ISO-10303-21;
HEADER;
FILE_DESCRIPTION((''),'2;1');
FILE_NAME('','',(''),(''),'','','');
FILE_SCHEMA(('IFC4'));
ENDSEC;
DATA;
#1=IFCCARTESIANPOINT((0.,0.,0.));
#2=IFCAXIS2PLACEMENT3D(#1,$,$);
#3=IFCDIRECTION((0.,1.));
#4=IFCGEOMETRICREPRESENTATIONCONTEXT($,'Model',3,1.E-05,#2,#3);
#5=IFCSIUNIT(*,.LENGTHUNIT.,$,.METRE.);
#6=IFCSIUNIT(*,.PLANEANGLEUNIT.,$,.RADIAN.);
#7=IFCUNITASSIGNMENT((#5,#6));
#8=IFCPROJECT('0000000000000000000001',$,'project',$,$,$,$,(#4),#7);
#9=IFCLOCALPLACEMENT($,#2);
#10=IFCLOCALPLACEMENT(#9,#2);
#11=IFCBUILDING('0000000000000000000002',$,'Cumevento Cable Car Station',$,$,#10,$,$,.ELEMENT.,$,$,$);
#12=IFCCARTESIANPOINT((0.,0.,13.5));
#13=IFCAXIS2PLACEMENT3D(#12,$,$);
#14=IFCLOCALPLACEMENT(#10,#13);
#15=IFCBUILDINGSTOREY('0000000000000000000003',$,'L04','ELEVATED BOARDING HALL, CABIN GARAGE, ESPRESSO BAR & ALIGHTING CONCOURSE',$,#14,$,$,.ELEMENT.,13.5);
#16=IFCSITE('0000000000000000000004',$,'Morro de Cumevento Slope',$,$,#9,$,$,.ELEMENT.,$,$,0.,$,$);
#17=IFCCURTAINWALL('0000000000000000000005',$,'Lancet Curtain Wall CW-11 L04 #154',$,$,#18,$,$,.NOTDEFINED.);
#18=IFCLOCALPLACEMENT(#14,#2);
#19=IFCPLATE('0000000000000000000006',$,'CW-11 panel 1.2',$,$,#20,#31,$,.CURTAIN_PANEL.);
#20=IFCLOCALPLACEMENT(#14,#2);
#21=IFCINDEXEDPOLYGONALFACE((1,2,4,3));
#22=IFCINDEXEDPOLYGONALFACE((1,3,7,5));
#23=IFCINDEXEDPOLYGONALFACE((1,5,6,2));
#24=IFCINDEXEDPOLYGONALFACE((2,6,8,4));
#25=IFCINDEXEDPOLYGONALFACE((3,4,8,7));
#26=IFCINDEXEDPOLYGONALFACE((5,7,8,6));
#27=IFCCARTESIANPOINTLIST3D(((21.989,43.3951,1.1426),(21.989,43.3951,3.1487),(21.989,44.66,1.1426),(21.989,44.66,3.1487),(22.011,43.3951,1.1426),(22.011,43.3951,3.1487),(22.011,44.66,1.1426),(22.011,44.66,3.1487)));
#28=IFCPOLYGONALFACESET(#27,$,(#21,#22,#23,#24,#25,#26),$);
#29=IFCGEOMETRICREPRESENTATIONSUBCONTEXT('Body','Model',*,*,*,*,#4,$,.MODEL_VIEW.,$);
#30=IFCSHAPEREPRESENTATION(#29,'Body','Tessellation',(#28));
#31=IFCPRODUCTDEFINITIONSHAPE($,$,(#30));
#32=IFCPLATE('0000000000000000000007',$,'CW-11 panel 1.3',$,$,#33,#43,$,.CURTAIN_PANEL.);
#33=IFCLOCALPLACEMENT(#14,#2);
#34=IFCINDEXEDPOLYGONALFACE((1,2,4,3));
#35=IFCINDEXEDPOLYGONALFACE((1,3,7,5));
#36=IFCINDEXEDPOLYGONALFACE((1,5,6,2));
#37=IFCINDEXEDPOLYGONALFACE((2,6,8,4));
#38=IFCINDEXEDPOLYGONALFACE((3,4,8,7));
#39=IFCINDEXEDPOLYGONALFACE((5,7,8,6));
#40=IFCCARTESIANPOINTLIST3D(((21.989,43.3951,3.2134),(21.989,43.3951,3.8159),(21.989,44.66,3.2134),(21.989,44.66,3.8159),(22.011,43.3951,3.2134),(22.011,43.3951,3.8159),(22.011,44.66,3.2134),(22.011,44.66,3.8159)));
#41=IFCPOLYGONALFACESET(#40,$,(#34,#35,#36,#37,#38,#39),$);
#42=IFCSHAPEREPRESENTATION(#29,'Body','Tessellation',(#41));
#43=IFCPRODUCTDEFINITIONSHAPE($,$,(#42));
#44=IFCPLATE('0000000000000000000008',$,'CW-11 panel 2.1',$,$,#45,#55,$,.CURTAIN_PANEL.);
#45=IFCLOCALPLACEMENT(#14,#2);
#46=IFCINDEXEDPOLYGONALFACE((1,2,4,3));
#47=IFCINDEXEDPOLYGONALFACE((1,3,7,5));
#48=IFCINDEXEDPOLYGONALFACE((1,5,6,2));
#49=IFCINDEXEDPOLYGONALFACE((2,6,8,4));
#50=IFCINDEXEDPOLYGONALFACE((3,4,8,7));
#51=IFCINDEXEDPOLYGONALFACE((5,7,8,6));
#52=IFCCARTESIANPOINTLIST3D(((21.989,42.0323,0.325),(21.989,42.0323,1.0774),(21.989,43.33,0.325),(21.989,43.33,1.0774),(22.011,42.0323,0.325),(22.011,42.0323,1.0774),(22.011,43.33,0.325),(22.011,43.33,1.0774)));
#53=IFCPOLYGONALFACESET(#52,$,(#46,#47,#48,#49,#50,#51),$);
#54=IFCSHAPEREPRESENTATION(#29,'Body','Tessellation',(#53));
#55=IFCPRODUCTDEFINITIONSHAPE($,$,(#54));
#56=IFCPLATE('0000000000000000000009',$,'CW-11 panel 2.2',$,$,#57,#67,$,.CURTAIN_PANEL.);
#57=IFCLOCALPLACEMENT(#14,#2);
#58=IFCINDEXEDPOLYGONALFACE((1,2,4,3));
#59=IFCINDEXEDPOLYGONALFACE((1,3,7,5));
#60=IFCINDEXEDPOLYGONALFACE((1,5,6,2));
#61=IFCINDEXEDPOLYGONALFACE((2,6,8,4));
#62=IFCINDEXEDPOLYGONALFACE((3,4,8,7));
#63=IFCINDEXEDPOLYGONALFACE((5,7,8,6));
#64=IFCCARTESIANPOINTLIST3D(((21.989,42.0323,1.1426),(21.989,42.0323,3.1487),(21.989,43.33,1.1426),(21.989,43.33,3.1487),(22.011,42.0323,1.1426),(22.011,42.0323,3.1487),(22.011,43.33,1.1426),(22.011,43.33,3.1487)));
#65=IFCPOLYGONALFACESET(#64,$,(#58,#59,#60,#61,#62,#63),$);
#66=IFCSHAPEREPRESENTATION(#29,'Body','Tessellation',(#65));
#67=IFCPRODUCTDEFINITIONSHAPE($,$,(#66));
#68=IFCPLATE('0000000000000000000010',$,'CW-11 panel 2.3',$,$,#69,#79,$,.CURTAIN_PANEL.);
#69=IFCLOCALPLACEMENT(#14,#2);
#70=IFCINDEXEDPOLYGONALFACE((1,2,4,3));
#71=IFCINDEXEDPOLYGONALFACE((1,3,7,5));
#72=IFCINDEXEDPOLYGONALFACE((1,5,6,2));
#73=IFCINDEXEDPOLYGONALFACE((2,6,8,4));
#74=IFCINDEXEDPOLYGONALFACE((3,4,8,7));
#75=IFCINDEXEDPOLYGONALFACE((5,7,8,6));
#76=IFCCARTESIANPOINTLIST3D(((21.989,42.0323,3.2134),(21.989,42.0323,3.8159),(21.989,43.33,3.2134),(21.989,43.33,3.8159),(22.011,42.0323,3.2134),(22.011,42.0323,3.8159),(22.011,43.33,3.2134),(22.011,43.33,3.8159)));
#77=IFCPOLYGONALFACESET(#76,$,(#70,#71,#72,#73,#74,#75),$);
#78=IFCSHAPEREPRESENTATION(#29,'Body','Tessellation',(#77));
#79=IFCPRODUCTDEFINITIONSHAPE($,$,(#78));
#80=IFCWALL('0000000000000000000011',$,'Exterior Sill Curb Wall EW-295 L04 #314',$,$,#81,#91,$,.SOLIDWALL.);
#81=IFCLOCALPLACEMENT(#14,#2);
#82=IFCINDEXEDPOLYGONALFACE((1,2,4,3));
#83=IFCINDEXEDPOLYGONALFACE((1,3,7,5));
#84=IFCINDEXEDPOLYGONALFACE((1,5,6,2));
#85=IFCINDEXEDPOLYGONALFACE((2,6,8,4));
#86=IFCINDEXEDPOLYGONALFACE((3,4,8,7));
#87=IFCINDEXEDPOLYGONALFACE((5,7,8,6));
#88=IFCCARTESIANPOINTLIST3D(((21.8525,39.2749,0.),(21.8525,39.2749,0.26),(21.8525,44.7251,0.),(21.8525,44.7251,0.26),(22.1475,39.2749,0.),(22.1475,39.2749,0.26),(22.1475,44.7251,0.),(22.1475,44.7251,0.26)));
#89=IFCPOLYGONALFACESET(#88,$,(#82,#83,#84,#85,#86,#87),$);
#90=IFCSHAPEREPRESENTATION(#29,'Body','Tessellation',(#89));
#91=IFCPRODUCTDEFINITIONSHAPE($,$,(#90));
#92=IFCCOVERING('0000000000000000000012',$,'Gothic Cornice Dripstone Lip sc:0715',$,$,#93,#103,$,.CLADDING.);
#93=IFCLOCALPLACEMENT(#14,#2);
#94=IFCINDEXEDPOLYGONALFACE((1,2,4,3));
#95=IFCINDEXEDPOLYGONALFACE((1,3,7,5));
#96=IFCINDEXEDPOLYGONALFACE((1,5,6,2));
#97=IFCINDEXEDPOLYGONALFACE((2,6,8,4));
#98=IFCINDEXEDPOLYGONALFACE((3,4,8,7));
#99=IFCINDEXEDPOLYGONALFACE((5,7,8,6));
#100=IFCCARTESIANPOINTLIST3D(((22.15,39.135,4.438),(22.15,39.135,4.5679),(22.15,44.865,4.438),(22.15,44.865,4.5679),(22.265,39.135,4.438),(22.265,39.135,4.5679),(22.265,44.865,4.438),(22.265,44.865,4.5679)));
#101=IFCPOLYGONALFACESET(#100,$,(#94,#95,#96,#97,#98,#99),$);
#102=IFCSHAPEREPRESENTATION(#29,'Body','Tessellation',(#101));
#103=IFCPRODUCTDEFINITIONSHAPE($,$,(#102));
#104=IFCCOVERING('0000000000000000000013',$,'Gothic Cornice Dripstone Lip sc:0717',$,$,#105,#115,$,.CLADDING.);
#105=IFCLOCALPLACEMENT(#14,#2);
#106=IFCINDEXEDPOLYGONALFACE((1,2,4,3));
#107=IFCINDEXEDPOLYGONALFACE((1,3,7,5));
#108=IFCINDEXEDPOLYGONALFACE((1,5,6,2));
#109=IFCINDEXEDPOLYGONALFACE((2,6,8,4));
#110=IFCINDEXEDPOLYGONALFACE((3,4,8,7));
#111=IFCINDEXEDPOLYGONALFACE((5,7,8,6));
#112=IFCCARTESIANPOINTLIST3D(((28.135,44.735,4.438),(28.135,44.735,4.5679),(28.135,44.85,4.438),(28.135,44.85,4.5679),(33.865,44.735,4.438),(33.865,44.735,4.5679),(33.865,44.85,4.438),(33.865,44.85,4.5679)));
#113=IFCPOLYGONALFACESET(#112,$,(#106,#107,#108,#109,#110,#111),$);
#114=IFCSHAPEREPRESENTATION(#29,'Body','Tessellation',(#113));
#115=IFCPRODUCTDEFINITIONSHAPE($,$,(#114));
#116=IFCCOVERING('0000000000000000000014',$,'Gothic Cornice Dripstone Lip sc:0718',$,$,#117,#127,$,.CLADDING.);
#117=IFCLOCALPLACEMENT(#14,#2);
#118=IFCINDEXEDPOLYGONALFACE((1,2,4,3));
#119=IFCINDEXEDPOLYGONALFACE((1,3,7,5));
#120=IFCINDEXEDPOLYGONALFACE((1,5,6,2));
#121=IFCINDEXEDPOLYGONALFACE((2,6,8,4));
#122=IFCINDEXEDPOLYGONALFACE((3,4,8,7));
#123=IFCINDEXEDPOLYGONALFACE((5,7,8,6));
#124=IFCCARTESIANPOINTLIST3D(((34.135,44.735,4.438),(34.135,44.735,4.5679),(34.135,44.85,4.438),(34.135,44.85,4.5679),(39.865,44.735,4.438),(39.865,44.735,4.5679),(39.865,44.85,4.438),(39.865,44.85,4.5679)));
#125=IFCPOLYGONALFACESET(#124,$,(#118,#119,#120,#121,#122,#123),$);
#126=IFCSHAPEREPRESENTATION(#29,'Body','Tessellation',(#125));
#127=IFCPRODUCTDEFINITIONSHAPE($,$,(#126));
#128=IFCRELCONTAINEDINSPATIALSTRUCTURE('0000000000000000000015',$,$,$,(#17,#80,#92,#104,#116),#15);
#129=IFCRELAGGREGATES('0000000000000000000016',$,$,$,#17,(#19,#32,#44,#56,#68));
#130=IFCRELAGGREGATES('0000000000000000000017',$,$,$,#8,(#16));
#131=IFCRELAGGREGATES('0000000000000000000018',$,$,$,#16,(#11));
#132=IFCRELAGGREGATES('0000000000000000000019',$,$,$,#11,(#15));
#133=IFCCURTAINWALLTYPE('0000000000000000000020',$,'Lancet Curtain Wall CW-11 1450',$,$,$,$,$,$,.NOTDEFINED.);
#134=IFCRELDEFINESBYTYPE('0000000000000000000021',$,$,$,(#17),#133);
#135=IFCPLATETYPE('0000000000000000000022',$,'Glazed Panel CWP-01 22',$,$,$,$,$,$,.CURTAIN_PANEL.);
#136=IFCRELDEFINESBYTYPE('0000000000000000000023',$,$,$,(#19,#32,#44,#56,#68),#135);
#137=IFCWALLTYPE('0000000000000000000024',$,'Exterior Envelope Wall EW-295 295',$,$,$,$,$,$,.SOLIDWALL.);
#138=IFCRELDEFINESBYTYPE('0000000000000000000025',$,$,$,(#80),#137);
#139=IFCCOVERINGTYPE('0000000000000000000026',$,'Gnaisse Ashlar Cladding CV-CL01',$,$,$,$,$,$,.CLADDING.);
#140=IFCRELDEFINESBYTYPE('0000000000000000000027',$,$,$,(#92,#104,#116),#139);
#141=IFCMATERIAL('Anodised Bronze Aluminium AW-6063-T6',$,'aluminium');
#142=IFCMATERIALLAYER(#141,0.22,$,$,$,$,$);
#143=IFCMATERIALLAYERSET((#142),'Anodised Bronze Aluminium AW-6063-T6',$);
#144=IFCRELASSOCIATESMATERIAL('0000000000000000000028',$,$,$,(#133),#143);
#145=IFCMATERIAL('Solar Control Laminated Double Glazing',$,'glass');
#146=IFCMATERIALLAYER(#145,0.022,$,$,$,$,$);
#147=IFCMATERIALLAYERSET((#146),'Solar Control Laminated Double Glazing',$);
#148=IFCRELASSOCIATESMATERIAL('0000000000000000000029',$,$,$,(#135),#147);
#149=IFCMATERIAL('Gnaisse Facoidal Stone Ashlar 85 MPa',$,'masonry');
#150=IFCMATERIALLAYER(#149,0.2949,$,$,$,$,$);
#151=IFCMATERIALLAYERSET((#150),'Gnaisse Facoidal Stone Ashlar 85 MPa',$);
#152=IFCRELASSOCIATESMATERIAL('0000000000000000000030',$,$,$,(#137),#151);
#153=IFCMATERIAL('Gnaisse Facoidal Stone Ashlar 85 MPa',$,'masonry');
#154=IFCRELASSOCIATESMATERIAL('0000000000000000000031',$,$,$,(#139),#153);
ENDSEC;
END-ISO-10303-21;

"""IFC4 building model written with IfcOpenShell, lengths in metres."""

from ifc_helpers import new_model, si_unit, direction, frame, frame_2d, origin, origin_2d, place, context, subcontext, project, spatial, rectangle, extrude, material, layer, layer_set, type_object, element, aggregate, save


model = new_model("IFC4")

# Units and contexts
model_context = context("Model", 3, precision=1e-05, world=origin(), true_north=direction((0.0, 1.0)))
body_context = subcontext(model_context, "Body", "Model", "MODEL_VIEW")
ifc_project = project(units=[si_unit("LENGTHUNIT", "METRE"), si_unit("PLANEANGLEUNIT", "RADIAN")], contexts=[model_context])

# Site, building, storey
site_placement = place(None, origin())
site = spatial("IfcSite", under=ifc_project, at=site_placement, Name="Morro de Cumevento Slope", CompositionType="ELEMENT", RefElevation=0.0)
building_placement = place(site_placement, origin())
building = spatial("IfcBuilding", under=site, at=building_placement, Name="Cumevento Cable Car Station", CompositionType="ELEMENT")
storey_placement = place(building_placement, frame((0.0, 0.0, 13.5)))
storey = spatial("IfcBuildingStorey", under=building, at=storey_placement, Name="L04", Description="ELEVATED BOARDING HALL, CABIN GARAGE, ESPRESSO BAR & ALIGHTING CONCOURSE", CompositionType="ELEMENT", Elevation=13.5)

# Curtain wall, plates
ifc_material_1 = material(Name="Anodised Bronze Aluminium AW-6063-T6", Category="aluminium")
ifc_layer_1 = layer(ifc_material_1, 0.22)
ifc_layer_set_1 = layer_set([ifc_layer_1], Name="Anodised Bronze Aluminium AW-6063-T6")
curtain_wall_type = type_object("IfcCurtainWallType", Name="Lancet Curtain Wall CW-11 1450", PredefinedType="NOTDEFINED", material=ifc_layer_set_1)
curtain_wall_placement = place(storey_placement, origin())
curtain_wall = element("IfcCurtainWall", 1, at=curtain_wall_placement, inside=storey, type_object=curtain_wall_type, Name="Lancet Curtain Wall CW-11 L04 #154", PredefinedType="NOTDEFINED")
ifc_material_2 = material(Name="Solar Control Laminated Double Glazing", Category="glass")
ifc_layer_2 = layer(ifc_material_2, 0.022)
ifc_layer_set_2 = layer_set([ifc_layer_2], Name="Solar Control Laminated Double Glazing")
plate_type = type_object("IfcPlateType", Name="Glazed Panel CWP-01 22", PredefinedType="CURTAIN_PANEL", material=ifc_layer_set_2)
plate_1_placement = place(storey_placement, frame((22.0, 44.0276, 1.1426), z_axis=(0.0, 0.0, 1.0), x_axis=(0.0, -1.0, 0.0)))
plate_1 = element("IfcPlate", 2, at=plate_1_placement, type_object=plate_type, Name="CW-11 panel 1.2", PredefinedType="CURTAIN_PANEL", context=body_context, shape_type="SweptSolid", body=[
    extrude(rectangle(XDim=1.2649, YDim=0.022, at=origin_2d()), origin(), (0.0, 0.0, 1.0), 2.0061),
])
plate_2_placement = place(storey_placement, frame((22.0, 44.0276, 3.2134), z_axis=(0.0, 0.0, 1.0), x_axis=(0.0, -1.0, 0.0)))
plate_2 = element("IfcPlate", 3, at=plate_2_placement, type_object=plate_type, Name="CW-11 panel 1.3", PredefinedType="CURTAIN_PANEL", context=body_context, shape_type="SweptSolid", body=[
    extrude(rectangle(XDim=1.2649, YDim=0.022, at=origin_2d()), origin(), (0.0, 0.0, 1.0), 0.6025),
])
plate_3_placement = place(storey_placement, frame((22.0, 42.6812, 0.325), z_axis=(0.0, 0.0, 1.0), x_axis=(0.0, -1.0, 0.0)))
plate_3 = element("IfcPlate", 4, at=plate_3_placement, type_object=plate_type, Name="CW-11 panel 2.1", PredefinedType="CURTAIN_PANEL", context=body_context, shape_type="SweptSolid", body=[
    extrude(rectangle(XDim=1.2976, YDim=0.022, at=origin_2d()), origin(), (0.0, 0.0, 1.0), 0.7524),
])
plate_4_placement = place(storey_placement, frame((22.0, 42.6812, 1.1426), z_axis=(0.0, 0.0, 1.0), x_axis=(0.0, -1.0, 0.0)))
plate_4 = element("IfcPlate", 5, at=plate_4_placement, type_object=plate_type, Name="CW-11 panel 2.2", PredefinedType="CURTAIN_PANEL", context=body_context, shape_type="SweptSolid", body=[
    extrude(rectangle(XDim=1.2976, YDim=0.022, at=origin_2d()), origin(), (0.0, 0.0, 1.0), 2.0061),
])
plate_5_placement = place(storey_placement, frame((22.0, 42.6812, 3.2134), z_axis=(0.0, 0.0, 1.0), x_axis=(0.0, -1.0, 0.0)))
plate_5 = element("IfcPlate", 6, at=plate_5_placement, type_object=plate_type, Name="CW-11 panel 2.3", PredefinedType="CURTAIN_PANEL", context=body_context, shape_type="SweptSolid", body=[
    extrude(rectangle(XDim=1.2976, YDim=0.022, at=origin_2d()), origin(), (0.0, 0.0, 1.0), 0.6025),
])
aggregate(curtain_wall, [plate_1, plate_2, plate_3, plate_4, plate_5])

# Wall
ifc_material_3 = material(Name="Gnaisse Facoidal Stone Ashlar 85 MPa", Category="masonry")
ifc_layer_3 = layer(ifc_material_3, 0.2949)
ifc_layer_set_3 = layer_set([ifc_layer_3], Name="Gnaisse Facoidal Stone Ashlar 85 MPa")
wall_type = type_object("IfcWallType", Name="Exterior Envelope Wall EW-295 295", PredefinedType="SOLIDWALL", material=ifc_layer_set_3)
wall_placement = place(storey_placement, frame((22.0, 44.7251, 0.0), z_axis=(0.0, 0.0, 1.0), x_axis=(0.0, -1.0, 0.0)))
element("IfcWall", 7, at=wall_placement, inside=storey, type_object=wall_type, Name="Exterior Sill Curb Wall EW-295 L04 #314", PredefinedType="SOLIDWALL", context=body_context, shape_type="SweptSolid", body=[
    extrude(rectangle(XDim=5.4502, YDim=0.2949, at=frame_2d((2.7251, 0.0))), origin(), (0.0, 0.0, 1.0), 0.26),
])

# Coverings
ifc_material_4 = material(Name="Gnaisse Facoidal Stone Ashlar 85 MPa", Category="masonry")
covering_type = type_object("IfcCoveringType", Name="Gnaisse Ashlar Cladding CV-CL01", PredefinedType="CLADDING", material=ifc_material_4)
for number, where, z_axis, x_axis, name in (
    (8, (22.2075, 42.0, 4.438), (0.0, 0.0, 1.0), (0.0, -1.0, 0.0), "Gothic Cornice Dripstone Lip sc:0715"),
    (9, (31.0, 44.7925, 4.438), (0.0, 0.0, 1.0), (-1.0, 0.0, 0.0), "Gothic Cornice Dripstone Lip sc:0717"),
    (10, (37.0, 44.7925, 4.438), (0.0, 0.0, 1.0), (-1.0, 0.0, 0.0), "Gothic Cornice Dripstone Lip sc:0718"),
):
    element("IfcCovering", number, at=place(storey_placement, frame(where, z_axis=z_axis, x_axis=x_axis)), inside=storey, type_object=covering_type, Name=name, PredefinedType="CLADDING", context=body_context, shape_type="SweptSolid", body=[
        extrude(rectangle(XDim=5.73, YDim=0.115, at=origin_2d()), origin(), (0.0, 0.0, 1.0), 0.1299),
    ])

save(model, "model.ifc")
